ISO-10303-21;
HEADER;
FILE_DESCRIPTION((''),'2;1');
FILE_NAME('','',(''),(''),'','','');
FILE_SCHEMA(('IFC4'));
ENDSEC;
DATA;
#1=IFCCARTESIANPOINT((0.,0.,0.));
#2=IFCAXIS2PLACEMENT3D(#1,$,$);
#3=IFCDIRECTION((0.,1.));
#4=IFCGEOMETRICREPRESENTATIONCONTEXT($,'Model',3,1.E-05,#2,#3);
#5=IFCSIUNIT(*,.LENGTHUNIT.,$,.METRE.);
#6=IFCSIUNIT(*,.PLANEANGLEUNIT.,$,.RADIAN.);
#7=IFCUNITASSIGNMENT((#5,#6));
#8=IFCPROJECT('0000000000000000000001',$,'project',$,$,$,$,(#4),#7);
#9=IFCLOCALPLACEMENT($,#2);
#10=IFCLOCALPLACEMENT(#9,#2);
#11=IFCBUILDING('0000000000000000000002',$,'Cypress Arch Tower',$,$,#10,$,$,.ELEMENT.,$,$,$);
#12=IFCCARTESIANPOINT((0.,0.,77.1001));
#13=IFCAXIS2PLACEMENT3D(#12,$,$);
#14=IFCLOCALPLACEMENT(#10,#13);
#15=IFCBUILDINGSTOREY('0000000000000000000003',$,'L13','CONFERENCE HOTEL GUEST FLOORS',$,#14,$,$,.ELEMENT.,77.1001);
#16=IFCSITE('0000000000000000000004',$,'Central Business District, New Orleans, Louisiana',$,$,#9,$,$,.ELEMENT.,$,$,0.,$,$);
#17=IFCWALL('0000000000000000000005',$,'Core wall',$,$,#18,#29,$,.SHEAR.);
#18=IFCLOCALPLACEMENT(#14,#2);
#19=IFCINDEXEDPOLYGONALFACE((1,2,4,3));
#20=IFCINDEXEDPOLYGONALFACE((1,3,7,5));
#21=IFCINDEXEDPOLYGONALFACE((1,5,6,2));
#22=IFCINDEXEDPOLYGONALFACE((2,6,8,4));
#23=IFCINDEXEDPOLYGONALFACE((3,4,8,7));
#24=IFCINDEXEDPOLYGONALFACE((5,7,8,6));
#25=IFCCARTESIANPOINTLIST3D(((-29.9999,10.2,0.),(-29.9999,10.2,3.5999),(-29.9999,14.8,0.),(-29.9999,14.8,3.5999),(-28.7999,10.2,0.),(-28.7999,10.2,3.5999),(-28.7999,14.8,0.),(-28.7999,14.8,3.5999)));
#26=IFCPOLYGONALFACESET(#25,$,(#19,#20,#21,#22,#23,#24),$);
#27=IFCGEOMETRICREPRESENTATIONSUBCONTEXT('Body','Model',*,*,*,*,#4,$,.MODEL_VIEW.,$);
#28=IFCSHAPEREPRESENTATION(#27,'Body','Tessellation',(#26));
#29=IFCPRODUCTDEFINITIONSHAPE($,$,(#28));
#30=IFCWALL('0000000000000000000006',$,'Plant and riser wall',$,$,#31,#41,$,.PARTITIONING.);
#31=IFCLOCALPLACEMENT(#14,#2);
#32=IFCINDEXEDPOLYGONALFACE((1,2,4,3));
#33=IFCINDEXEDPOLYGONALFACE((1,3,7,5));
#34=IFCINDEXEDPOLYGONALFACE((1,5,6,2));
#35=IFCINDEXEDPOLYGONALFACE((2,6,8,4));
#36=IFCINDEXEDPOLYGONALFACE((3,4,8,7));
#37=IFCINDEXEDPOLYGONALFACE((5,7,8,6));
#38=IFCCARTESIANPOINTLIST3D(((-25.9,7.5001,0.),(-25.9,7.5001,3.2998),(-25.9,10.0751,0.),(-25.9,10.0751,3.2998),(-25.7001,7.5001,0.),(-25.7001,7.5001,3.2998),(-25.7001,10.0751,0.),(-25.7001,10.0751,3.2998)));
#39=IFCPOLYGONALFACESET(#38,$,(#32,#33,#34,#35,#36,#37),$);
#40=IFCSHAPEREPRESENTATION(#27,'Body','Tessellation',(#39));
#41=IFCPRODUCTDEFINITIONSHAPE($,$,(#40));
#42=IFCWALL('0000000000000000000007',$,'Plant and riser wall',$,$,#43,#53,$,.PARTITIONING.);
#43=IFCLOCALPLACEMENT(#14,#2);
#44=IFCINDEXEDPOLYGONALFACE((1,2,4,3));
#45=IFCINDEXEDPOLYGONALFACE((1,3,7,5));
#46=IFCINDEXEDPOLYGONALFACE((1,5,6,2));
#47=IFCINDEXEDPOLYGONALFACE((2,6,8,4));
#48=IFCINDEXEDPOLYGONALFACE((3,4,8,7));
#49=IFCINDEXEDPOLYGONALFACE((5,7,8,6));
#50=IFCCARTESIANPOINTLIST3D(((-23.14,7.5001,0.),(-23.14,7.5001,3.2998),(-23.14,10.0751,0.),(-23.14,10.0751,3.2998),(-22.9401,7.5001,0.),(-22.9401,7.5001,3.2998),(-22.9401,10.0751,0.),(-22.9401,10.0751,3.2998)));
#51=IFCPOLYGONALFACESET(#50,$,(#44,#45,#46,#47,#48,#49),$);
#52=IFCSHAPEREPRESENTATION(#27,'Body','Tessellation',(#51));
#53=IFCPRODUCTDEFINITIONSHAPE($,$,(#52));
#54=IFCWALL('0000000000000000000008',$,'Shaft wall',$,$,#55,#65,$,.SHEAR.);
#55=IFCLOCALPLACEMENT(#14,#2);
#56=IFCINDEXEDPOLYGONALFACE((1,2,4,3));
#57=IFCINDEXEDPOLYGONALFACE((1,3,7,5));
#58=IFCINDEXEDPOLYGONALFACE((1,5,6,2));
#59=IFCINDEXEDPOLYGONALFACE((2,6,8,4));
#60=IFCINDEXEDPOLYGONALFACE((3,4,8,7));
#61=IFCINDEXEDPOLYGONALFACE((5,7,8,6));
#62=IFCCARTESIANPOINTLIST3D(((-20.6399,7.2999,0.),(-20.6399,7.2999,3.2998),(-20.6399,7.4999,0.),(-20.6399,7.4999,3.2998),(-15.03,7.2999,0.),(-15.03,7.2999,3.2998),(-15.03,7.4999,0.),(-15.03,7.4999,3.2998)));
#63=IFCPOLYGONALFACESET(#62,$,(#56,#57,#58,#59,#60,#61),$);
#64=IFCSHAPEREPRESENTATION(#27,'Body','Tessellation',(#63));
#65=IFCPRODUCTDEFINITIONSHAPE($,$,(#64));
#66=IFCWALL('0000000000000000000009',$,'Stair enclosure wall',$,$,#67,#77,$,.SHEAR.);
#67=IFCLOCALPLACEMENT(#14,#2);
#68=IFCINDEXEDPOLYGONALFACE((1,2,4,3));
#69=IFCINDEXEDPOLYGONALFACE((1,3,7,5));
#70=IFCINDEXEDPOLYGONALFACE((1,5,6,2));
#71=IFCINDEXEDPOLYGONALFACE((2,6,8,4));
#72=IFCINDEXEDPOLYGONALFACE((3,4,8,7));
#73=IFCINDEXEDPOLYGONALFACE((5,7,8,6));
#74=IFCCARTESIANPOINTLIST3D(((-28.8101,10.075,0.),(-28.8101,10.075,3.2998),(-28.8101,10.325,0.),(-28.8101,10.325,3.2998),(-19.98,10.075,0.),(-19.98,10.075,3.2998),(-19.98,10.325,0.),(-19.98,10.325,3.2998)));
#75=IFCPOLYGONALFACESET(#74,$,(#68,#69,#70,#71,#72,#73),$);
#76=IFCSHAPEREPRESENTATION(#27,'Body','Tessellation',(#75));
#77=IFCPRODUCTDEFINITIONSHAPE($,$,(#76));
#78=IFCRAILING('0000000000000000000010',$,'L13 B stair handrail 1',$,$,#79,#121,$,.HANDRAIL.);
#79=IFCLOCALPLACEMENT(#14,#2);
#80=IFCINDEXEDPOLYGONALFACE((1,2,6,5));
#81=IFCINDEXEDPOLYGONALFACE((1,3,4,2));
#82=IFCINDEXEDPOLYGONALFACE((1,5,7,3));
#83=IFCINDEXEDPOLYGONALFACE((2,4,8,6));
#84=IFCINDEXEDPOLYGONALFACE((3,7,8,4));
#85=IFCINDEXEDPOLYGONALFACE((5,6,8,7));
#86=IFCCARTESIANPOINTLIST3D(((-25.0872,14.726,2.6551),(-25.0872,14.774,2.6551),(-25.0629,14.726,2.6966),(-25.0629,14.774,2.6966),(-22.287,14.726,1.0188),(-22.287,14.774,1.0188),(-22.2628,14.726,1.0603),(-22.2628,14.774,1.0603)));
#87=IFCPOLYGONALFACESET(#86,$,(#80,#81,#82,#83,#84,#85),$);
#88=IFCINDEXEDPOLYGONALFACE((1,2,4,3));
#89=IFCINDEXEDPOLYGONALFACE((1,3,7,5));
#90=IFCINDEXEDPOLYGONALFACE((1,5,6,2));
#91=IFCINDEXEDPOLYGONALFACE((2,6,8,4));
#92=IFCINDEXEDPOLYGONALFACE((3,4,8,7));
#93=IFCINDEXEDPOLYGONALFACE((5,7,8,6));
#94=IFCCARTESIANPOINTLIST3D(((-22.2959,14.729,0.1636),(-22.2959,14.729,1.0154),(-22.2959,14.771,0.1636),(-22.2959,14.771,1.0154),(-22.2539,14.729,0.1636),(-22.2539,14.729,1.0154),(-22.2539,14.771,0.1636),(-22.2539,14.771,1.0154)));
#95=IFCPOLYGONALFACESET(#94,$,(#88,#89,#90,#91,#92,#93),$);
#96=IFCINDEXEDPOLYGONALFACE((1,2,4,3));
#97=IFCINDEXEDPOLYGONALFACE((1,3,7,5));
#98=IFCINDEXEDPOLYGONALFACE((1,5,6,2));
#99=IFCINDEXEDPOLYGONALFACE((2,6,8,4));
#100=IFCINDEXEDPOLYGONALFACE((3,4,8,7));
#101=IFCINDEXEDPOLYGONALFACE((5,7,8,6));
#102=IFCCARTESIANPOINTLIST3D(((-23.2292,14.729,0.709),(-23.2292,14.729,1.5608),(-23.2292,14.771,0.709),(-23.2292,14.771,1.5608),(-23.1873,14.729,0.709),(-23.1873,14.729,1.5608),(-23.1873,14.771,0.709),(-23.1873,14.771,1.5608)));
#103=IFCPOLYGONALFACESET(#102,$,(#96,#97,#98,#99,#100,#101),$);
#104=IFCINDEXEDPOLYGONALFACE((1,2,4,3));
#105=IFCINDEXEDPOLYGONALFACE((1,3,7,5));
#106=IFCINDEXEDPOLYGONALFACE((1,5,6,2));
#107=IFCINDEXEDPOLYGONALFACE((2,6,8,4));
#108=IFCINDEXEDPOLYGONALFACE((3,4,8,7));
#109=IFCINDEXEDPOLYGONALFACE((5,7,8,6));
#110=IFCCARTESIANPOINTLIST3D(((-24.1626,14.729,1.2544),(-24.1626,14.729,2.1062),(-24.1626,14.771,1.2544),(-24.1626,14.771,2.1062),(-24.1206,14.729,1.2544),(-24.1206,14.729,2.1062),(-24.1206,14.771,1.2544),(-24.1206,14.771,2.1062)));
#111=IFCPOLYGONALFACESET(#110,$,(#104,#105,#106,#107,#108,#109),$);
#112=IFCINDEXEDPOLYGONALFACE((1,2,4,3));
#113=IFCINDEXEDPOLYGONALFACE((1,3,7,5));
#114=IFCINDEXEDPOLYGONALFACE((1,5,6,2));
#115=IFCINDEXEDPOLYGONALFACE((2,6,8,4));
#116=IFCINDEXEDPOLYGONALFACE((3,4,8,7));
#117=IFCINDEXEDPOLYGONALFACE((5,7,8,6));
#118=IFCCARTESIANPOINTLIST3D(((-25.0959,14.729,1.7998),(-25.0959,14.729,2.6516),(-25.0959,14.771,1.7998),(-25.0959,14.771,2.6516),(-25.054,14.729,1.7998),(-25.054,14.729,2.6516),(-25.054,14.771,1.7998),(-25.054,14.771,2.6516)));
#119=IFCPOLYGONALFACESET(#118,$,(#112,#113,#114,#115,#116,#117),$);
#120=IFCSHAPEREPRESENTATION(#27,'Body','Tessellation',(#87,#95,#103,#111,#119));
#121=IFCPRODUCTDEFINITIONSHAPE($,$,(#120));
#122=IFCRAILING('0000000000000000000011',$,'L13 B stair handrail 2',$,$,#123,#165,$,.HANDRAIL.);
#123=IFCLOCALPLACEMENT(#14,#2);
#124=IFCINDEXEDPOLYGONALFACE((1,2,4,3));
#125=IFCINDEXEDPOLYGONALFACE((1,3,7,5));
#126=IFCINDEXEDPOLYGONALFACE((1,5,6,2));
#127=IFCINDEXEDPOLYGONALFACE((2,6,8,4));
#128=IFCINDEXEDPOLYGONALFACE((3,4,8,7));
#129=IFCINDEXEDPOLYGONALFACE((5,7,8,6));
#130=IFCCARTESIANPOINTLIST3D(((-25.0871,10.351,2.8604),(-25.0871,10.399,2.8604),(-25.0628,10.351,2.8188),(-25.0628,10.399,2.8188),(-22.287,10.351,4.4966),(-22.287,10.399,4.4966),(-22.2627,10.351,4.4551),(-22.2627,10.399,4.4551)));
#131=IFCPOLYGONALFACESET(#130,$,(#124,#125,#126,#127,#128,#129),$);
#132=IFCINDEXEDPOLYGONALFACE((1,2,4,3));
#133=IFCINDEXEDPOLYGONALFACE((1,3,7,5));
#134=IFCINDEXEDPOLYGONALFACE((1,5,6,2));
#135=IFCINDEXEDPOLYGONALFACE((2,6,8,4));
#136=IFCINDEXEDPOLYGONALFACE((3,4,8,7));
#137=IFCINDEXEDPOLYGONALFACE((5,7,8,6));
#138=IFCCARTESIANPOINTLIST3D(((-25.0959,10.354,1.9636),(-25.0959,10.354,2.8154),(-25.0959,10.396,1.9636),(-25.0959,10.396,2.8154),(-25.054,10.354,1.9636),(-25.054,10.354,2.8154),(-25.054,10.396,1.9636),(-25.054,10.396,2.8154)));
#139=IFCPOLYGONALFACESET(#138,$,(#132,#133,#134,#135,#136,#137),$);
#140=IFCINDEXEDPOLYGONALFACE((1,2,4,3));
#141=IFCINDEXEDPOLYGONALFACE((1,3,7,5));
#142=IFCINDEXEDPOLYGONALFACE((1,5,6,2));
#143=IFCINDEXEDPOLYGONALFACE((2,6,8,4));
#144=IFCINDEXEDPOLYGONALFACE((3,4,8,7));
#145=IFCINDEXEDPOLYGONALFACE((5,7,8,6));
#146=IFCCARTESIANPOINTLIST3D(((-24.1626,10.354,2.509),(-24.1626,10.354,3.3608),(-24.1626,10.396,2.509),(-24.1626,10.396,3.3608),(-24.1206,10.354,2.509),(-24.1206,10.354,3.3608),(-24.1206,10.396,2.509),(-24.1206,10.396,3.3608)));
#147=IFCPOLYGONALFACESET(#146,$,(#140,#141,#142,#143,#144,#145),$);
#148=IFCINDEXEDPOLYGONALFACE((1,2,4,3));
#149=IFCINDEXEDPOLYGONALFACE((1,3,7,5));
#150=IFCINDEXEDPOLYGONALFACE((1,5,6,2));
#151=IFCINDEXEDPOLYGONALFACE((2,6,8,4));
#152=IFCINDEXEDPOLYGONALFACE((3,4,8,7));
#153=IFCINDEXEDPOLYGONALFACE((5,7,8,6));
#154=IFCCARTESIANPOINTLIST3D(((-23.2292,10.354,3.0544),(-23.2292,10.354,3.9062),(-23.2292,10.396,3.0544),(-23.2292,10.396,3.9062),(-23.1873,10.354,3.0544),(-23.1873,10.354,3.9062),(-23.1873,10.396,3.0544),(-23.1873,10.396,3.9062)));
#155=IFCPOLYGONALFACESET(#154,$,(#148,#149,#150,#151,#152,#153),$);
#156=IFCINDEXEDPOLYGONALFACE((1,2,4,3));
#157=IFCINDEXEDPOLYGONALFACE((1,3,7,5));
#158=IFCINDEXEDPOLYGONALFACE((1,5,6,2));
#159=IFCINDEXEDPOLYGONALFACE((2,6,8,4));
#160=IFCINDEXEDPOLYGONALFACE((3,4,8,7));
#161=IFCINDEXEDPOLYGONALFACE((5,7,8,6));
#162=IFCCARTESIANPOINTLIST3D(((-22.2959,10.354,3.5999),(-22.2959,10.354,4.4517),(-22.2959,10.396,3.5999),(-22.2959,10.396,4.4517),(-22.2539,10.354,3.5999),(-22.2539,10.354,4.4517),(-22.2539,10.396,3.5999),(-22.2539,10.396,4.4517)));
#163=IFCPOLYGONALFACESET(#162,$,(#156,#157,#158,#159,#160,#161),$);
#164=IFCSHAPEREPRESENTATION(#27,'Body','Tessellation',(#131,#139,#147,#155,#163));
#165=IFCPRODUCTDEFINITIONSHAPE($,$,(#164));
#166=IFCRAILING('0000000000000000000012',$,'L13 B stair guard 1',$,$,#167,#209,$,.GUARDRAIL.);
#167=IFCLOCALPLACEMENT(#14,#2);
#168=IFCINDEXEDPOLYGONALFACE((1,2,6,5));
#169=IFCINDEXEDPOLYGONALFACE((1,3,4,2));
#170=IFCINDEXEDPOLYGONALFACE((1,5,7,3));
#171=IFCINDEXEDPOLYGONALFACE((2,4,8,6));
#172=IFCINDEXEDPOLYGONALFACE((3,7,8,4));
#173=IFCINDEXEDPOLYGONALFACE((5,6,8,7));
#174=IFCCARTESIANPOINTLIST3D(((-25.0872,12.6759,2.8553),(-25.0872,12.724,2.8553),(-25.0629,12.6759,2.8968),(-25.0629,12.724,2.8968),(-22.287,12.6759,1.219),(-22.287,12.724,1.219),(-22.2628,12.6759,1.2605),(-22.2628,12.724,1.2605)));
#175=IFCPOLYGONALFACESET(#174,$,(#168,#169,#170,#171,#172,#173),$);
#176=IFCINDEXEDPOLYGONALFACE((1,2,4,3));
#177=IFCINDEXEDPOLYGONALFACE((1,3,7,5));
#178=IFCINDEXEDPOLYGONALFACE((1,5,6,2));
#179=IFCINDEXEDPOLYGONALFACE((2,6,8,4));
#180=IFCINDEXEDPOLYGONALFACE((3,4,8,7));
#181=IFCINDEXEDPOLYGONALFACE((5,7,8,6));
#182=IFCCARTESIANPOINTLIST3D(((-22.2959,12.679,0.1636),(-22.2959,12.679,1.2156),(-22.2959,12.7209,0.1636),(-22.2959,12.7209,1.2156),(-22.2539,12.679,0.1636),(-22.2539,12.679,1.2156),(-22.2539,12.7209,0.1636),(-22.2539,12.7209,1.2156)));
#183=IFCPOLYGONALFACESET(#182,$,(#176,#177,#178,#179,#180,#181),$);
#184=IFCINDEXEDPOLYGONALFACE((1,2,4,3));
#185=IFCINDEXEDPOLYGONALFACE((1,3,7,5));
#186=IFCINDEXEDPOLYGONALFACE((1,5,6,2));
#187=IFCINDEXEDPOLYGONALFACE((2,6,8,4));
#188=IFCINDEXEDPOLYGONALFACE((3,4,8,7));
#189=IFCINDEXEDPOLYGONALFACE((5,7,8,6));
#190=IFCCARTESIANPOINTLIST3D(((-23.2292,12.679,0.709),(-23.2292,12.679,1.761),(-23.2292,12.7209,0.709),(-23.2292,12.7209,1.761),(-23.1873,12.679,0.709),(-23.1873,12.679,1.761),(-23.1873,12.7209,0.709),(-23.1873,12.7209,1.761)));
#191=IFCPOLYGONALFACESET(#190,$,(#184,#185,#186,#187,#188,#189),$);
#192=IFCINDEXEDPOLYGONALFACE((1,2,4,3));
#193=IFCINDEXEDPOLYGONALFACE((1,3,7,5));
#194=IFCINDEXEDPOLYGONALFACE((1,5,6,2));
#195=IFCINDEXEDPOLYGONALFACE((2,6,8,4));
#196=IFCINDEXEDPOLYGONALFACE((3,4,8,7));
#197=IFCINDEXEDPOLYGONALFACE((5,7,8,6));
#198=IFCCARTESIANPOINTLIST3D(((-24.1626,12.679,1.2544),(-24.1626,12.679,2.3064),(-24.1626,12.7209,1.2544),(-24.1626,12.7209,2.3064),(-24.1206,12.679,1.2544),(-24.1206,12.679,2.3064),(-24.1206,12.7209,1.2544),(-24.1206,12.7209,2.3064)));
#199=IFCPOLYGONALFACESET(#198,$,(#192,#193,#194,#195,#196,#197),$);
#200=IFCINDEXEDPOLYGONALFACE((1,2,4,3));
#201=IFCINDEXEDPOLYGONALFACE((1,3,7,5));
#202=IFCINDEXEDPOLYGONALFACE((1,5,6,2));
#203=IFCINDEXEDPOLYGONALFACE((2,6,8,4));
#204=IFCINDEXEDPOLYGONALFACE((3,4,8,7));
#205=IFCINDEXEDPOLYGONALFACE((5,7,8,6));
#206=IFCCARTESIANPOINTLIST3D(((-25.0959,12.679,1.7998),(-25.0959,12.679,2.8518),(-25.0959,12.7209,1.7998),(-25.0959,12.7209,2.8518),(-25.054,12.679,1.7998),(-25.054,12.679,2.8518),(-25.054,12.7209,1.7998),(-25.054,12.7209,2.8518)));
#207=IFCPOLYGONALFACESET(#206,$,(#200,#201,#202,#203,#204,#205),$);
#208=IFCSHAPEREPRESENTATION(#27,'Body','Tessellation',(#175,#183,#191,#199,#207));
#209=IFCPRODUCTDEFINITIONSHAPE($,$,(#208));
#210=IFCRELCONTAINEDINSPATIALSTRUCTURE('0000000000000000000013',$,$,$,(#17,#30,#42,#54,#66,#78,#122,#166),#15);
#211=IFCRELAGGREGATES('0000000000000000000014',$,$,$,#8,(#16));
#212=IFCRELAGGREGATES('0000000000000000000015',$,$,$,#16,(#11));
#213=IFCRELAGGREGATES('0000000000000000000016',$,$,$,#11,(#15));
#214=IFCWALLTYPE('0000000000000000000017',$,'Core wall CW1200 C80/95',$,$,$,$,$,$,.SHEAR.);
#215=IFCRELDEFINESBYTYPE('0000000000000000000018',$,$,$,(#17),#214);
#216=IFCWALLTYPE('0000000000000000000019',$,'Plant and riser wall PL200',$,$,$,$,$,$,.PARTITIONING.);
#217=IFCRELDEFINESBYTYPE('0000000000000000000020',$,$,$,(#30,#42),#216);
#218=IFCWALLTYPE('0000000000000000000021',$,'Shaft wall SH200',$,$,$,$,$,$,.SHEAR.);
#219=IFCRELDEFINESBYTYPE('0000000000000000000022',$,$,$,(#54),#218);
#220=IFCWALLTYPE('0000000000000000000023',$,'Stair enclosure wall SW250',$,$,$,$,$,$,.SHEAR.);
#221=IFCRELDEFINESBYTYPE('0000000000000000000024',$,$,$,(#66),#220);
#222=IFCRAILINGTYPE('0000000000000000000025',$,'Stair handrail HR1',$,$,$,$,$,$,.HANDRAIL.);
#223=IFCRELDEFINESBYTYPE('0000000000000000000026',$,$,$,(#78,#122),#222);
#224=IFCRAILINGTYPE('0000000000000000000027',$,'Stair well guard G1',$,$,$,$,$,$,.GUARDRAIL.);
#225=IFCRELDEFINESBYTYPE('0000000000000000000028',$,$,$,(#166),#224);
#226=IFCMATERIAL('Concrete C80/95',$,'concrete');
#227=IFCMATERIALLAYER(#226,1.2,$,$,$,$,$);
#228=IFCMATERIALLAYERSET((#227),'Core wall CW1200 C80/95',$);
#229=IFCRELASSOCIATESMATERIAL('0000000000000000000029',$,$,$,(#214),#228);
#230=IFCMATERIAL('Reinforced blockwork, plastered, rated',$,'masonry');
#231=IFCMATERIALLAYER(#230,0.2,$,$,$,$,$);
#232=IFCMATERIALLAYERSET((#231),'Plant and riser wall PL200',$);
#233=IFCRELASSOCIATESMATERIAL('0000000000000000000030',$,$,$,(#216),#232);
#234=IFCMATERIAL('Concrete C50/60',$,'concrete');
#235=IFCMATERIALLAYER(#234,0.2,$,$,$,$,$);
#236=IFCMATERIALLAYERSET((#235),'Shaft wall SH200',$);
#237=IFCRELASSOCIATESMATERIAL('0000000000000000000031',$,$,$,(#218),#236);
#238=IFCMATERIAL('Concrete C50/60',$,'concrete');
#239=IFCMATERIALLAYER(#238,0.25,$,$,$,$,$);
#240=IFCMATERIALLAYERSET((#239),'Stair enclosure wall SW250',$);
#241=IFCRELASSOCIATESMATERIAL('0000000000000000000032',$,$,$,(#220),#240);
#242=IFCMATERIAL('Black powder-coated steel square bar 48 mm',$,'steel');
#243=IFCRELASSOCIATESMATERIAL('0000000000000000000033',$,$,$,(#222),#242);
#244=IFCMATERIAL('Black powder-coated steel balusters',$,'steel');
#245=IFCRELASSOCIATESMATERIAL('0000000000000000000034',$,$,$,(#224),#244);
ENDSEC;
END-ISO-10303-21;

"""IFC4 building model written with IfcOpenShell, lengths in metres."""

from ifc_helpers import new_model, si_unit, direction, frame, frame_2d, origin, origin_2d, place, context, subcontext, project, spatial, rectangle, extrude, material, layer, layer_set, type_object, element, save


model = new_model("IFC4")

# Units and contexts
model_context = context("Model", 3, precision=1e-05, world=origin(), true_north=direction((0.0, 1.0)))
body_context = subcontext(model_context, "Body", "Model", "MODEL_VIEW")
ifc_project = project(units=[si_unit("LENGTHUNIT", "METRE"), si_unit("PLANEANGLEUNIT", "RADIAN")], contexts=[model_context])

# Site, building, storey
site_placement = place(None, origin())
site = spatial("IfcSite", under=ifc_project, at=site_placement, Name="Central Business District, New Orleans, Louisiana", CompositionType="ELEMENT", RefElevation=0.0)
building_placement = place(site_placement, origin())
building = spatial("IfcBuilding", under=site, at=building_placement, Name="Cypress Arch Tower", CompositionType="ELEMENT")
storey_placement = place(building_placement, frame((0.0, 0.0, 77.1001)))
storey = spatial("IfcBuildingStorey", under=building, at=storey_placement, Name="L13", Description="CONFERENCE HOTEL GUEST FLOORS", CompositionType="ELEMENT", Elevation=77.1001)

# Shared definitions
ifc_material_1 = material(Name="Concrete C80/95", Category="concrete")
ifc_layer_1 = layer(ifc_material_1, 1.2)
ifc_layer_set_1 = layer_set([ifc_layer_1], Name="Core wall CW1200 C80/95")
wall_type_1 = type_object("IfcWallType", Name="Core wall CW1200 C80/95", PredefinedType="SHEAR", material=ifc_layer_set_1)

# Wall
wall_1_placement = place(storey_placement, frame((-29.3999, 10.2, 0.0), z_axis=(0.0, 0.0, 1.0), x_axis=(0.0, 1.0, 0.0)))
element("IfcWall", 1, at=wall_1_placement, inside=storey, type_object=wall_type_1, Name="Core wall", PredefinedType="SHEAR", context=body_context, shape_type="SweptSolid", body=[
    extrude(rectangle(XDim=4.6001, YDim=1.2, at=frame_2d((2.3, 0.0))), origin(), (0.0, 0.0, 1.0), 3.5999),
])

# Walls
ifc_material_2 = material(Name="Reinforced blockwork, plastered, rated", Category="masonry")
ifc_layer_2 = layer(ifc_material_2, 0.2)
ifc_layer_set_2 = layer_set([ifc_layer_2], Name="Plant and riser wall PL200")
wall_type_2 = type_object("IfcWallType", Name="Plant and riser wall PL200", PredefinedType="PARTITIONING", material=ifc_layer_set_2)
for number, where, z_axis, x_axis, name in (
    (2, (-25.8, 7.5, 0.0), (0.0, 0.0, 1.0), (0.0, 1.0, 0.0), "Plant and riser wall"),
    (3, (-23.04, 7.5, 0.0), (0.0, 0.0, 1.0), (0.0, 1.0, 0.0), "Plant and riser wall"),
):
    element("IfcWall", number, at=place(storey_placement, frame(where, z_axis=z_axis, x_axis=x_axis)), inside=storey, type_object=wall_type_2, Name=name, PredefinedType="PARTITIONING", context=body_context, shape_type="SweptSolid", body=[
        extrude(rectangle(XDim=2.575, YDim=0.2, at=frame_2d((1.2876, 0.0))), origin(), (0.0, 0.0, 1.0), 3.2998),
    ])
ifc_material_3 = material(Name="Concrete C50/60", Category="concrete")
ifc_layer_3 = layer(ifc_material_3, 0.2)
ifc_layer_set_3 = layer_set([ifc_layer_3], Name="Shaft wall SH200")
wall_type_3 = type_object("IfcWallType", Name="Shaft wall SH200", PredefinedType="SHEAR", material=ifc_layer_set_3)
wall_2_placement = place(storey_placement, frame((-20.6399, 7.3999, 0.0), z_axis=(0.0, 0.0, 1.0), x_axis=(1.0, 0.0, 0.0)))
element("IfcWall", 4, at=wall_2_placement, inside=storey, type_object=wall_type_3, Name="Shaft wall", PredefinedType="SHEAR", context=body_context, shape_type="SweptSolid", body=[
    extrude(rectangle(XDim=5.6099, YDim=0.2, at=frame_2d((2.8049, 0.0))), origin(), (0.0, 0.0, 1.0), 3.2998),
])
ifc_material_4 = material(Name="Concrete C50/60", Category="concrete")
ifc_layer_4 = layer(ifc_material_4, 0.25)
ifc_layer_set_4 = layer_set([ifc_layer_4], Name="Stair enclosure wall SW250")
wall_type_4 = type_object("IfcWallType", Name="Stair enclosure wall SW250", PredefinedType="SHEAR", material=ifc_layer_set_4)
wall_3_placement = place(storey_placement, frame((-28.8101, 10.2, 0.0), z_axis=(0.0, 0.0, 1.0), x_axis=(1.0, 0.0, 0.0)))
element("IfcWall", 5, at=wall_3_placement, inside=storey, type_object=wall_type_4, Name="Stair enclosure wall", PredefinedType="SHEAR", context=body_context, shape_type="SweptSolid", body=[
    extrude(rectangle(XDim=8.8301, YDim=0.25, at=frame_2d((4.415, 0.0))), origin(), (0.0, 0.0, 1.0), 3.2998),
])

# Railings
ifc_material_5 = material(Name="Black powder-coated steel square bar 48 mm", Category="steel")
railing_type_1 = type_object("IfcRailingType", Name="Stair handrail HR1", PredefinedType="HANDRAIL", material=ifc_material_5)
railing_1_placement = place(storey_placement, frame((-22.2749, 14.75, 0.1636)))
element("IfcRailing", 6, at=railing_1_placement, inside=storey, type_object=railing_type_1, Name="L13 B stair handrail 1", PredefinedType="HANDRAIL", context=body_context, shape_type="SweptSolid", body=[
    extrude(rectangle(XDim=0.0481, YDim=0.0481, at=origin_2d()), frame((0.0, 0.0, 0.876), z_axis=(-0.863394, 0.0, 0.504531), x_axis=(0.0, -1.0, 0.0)), (0.0, 0.0, 1.0), 3.2432),
    extrude(rectangle(XDim=0.042, YDim=0.042, at=origin_2d()), origin(), (0.0, 0.0, 1.0), 0.8518),
    extrude(rectangle(XDim=0.042, YDim=0.042, at=origin_2d()), frame((-0.9333, 0.0, 0.5454)), (0.0, 0.0, 1.0), 0.8518),
    extrude(rectangle(XDim=0.042, YDim=0.042, at=origin_2d()), frame((-1.8667, 0.0, 1.0908)), (0.0, 0.0, 1.0), 0.8518),
    extrude(rectangle(XDim=0.042, YDim=0.042, at=origin_2d()), frame((-2.8, 0.0, 1.6362)), (0.0, 0.0, 1.0), 0.8518),
])
railing_2_placement = place(storey_placement, frame((-25.075, 10.375, 1.9636)))
element("IfcRailing", 7, at=railing_2_placement, inside=storey, type_object=railing_type_1, Name="L13 B stair handrail 2", PredefinedType="HANDRAIL", context=body_context, shape_type="SweptSolid", body=[
    extrude(rectangle(XDim=0.0481, YDim=0.0481, at=origin_2d()), frame((0.0, 0.0, 0.876), z_axis=(0.863394, 0.0, 0.504531), x_axis=(0.0, 1.0, 0.0)), (0.0, 0.0, 1.0), 3.2432),
    extrude(rectangle(XDim=0.042, YDim=0.042, at=origin_2d()), origin(), (0.0, 0.0, 1.0), 0.8518),
    extrude(rectangle(XDim=0.042, YDim=0.042, at=origin_2d()), frame((0.9333, 0.0, 0.5454)), (0.0, 0.0, 1.0), 0.8518),
    extrude(rectangle(XDim=0.042, YDim=0.042, at=origin_2d()), frame((1.8667, 0.0, 1.0908)), (0.0, 0.0, 1.0), 0.8518),
    extrude(rectangle(XDim=0.042, YDim=0.042, at=origin_2d()), frame((2.8, 0.0, 1.6362)), (0.0, 0.0, 1.0), 0.8518),
])
ifc_material_6 = material(Name="Black powder-coated steel balusters", Category="steel")
railing_type_2 = type_object("IfcRailingType", Name="Stair well guard G1", PredefinedType="GUARDRAIL", material=ifc_material_6)
railing_3_placement = place(storey_placement, frame((-22.2749, 12.7, 0.1636)))
element("IfcRailing", 8, at=railing_3_placement, inside=storey, type_object=railing_type_2, Name="L13 B stair guard 1", PredefinedType="GUARDRAIL", context=body_context, shape_type="SweptSolid", body=[
    extrude(rectangle(XDim=0.0481, YDim=0.0481, at=origin_2d()), frame((0.0, 0.0, 1.0762), z_axis=(-0.863394, 0.0, 0.504531), x_axis=(0.0, -1.0, 0.0)), (0.0, 0.0, 1.0), 3.2432),
    extrude(rectangle(XDim=0.042, YDim=0.042, at=origin_2d()), origin(), (0.0, 0.0, 1.0), 1.052),
    extrude(rectangle(XDim=0.042, YDim=0.042, at=origin_2d()), frame((-0.9333, 0.0, 0.5454)), (0.0, 0.0, 1.0), 1.052),
    extrude(rectangle(XDim=0.042, YDim=0.042, at=origin_2d()), frame((-1.8667, 0.0, 1.0908)), (0.0, 0.0, 1.0), 1.052),
    extrude(rectangle(XDim=0.042, YDim=0.042, at=origin_2d()), frame((-2.8, 0.0, 1.6362)), (0.0, 0.0, 1.0), 1.052),
])

save(model, "model.ifc")
